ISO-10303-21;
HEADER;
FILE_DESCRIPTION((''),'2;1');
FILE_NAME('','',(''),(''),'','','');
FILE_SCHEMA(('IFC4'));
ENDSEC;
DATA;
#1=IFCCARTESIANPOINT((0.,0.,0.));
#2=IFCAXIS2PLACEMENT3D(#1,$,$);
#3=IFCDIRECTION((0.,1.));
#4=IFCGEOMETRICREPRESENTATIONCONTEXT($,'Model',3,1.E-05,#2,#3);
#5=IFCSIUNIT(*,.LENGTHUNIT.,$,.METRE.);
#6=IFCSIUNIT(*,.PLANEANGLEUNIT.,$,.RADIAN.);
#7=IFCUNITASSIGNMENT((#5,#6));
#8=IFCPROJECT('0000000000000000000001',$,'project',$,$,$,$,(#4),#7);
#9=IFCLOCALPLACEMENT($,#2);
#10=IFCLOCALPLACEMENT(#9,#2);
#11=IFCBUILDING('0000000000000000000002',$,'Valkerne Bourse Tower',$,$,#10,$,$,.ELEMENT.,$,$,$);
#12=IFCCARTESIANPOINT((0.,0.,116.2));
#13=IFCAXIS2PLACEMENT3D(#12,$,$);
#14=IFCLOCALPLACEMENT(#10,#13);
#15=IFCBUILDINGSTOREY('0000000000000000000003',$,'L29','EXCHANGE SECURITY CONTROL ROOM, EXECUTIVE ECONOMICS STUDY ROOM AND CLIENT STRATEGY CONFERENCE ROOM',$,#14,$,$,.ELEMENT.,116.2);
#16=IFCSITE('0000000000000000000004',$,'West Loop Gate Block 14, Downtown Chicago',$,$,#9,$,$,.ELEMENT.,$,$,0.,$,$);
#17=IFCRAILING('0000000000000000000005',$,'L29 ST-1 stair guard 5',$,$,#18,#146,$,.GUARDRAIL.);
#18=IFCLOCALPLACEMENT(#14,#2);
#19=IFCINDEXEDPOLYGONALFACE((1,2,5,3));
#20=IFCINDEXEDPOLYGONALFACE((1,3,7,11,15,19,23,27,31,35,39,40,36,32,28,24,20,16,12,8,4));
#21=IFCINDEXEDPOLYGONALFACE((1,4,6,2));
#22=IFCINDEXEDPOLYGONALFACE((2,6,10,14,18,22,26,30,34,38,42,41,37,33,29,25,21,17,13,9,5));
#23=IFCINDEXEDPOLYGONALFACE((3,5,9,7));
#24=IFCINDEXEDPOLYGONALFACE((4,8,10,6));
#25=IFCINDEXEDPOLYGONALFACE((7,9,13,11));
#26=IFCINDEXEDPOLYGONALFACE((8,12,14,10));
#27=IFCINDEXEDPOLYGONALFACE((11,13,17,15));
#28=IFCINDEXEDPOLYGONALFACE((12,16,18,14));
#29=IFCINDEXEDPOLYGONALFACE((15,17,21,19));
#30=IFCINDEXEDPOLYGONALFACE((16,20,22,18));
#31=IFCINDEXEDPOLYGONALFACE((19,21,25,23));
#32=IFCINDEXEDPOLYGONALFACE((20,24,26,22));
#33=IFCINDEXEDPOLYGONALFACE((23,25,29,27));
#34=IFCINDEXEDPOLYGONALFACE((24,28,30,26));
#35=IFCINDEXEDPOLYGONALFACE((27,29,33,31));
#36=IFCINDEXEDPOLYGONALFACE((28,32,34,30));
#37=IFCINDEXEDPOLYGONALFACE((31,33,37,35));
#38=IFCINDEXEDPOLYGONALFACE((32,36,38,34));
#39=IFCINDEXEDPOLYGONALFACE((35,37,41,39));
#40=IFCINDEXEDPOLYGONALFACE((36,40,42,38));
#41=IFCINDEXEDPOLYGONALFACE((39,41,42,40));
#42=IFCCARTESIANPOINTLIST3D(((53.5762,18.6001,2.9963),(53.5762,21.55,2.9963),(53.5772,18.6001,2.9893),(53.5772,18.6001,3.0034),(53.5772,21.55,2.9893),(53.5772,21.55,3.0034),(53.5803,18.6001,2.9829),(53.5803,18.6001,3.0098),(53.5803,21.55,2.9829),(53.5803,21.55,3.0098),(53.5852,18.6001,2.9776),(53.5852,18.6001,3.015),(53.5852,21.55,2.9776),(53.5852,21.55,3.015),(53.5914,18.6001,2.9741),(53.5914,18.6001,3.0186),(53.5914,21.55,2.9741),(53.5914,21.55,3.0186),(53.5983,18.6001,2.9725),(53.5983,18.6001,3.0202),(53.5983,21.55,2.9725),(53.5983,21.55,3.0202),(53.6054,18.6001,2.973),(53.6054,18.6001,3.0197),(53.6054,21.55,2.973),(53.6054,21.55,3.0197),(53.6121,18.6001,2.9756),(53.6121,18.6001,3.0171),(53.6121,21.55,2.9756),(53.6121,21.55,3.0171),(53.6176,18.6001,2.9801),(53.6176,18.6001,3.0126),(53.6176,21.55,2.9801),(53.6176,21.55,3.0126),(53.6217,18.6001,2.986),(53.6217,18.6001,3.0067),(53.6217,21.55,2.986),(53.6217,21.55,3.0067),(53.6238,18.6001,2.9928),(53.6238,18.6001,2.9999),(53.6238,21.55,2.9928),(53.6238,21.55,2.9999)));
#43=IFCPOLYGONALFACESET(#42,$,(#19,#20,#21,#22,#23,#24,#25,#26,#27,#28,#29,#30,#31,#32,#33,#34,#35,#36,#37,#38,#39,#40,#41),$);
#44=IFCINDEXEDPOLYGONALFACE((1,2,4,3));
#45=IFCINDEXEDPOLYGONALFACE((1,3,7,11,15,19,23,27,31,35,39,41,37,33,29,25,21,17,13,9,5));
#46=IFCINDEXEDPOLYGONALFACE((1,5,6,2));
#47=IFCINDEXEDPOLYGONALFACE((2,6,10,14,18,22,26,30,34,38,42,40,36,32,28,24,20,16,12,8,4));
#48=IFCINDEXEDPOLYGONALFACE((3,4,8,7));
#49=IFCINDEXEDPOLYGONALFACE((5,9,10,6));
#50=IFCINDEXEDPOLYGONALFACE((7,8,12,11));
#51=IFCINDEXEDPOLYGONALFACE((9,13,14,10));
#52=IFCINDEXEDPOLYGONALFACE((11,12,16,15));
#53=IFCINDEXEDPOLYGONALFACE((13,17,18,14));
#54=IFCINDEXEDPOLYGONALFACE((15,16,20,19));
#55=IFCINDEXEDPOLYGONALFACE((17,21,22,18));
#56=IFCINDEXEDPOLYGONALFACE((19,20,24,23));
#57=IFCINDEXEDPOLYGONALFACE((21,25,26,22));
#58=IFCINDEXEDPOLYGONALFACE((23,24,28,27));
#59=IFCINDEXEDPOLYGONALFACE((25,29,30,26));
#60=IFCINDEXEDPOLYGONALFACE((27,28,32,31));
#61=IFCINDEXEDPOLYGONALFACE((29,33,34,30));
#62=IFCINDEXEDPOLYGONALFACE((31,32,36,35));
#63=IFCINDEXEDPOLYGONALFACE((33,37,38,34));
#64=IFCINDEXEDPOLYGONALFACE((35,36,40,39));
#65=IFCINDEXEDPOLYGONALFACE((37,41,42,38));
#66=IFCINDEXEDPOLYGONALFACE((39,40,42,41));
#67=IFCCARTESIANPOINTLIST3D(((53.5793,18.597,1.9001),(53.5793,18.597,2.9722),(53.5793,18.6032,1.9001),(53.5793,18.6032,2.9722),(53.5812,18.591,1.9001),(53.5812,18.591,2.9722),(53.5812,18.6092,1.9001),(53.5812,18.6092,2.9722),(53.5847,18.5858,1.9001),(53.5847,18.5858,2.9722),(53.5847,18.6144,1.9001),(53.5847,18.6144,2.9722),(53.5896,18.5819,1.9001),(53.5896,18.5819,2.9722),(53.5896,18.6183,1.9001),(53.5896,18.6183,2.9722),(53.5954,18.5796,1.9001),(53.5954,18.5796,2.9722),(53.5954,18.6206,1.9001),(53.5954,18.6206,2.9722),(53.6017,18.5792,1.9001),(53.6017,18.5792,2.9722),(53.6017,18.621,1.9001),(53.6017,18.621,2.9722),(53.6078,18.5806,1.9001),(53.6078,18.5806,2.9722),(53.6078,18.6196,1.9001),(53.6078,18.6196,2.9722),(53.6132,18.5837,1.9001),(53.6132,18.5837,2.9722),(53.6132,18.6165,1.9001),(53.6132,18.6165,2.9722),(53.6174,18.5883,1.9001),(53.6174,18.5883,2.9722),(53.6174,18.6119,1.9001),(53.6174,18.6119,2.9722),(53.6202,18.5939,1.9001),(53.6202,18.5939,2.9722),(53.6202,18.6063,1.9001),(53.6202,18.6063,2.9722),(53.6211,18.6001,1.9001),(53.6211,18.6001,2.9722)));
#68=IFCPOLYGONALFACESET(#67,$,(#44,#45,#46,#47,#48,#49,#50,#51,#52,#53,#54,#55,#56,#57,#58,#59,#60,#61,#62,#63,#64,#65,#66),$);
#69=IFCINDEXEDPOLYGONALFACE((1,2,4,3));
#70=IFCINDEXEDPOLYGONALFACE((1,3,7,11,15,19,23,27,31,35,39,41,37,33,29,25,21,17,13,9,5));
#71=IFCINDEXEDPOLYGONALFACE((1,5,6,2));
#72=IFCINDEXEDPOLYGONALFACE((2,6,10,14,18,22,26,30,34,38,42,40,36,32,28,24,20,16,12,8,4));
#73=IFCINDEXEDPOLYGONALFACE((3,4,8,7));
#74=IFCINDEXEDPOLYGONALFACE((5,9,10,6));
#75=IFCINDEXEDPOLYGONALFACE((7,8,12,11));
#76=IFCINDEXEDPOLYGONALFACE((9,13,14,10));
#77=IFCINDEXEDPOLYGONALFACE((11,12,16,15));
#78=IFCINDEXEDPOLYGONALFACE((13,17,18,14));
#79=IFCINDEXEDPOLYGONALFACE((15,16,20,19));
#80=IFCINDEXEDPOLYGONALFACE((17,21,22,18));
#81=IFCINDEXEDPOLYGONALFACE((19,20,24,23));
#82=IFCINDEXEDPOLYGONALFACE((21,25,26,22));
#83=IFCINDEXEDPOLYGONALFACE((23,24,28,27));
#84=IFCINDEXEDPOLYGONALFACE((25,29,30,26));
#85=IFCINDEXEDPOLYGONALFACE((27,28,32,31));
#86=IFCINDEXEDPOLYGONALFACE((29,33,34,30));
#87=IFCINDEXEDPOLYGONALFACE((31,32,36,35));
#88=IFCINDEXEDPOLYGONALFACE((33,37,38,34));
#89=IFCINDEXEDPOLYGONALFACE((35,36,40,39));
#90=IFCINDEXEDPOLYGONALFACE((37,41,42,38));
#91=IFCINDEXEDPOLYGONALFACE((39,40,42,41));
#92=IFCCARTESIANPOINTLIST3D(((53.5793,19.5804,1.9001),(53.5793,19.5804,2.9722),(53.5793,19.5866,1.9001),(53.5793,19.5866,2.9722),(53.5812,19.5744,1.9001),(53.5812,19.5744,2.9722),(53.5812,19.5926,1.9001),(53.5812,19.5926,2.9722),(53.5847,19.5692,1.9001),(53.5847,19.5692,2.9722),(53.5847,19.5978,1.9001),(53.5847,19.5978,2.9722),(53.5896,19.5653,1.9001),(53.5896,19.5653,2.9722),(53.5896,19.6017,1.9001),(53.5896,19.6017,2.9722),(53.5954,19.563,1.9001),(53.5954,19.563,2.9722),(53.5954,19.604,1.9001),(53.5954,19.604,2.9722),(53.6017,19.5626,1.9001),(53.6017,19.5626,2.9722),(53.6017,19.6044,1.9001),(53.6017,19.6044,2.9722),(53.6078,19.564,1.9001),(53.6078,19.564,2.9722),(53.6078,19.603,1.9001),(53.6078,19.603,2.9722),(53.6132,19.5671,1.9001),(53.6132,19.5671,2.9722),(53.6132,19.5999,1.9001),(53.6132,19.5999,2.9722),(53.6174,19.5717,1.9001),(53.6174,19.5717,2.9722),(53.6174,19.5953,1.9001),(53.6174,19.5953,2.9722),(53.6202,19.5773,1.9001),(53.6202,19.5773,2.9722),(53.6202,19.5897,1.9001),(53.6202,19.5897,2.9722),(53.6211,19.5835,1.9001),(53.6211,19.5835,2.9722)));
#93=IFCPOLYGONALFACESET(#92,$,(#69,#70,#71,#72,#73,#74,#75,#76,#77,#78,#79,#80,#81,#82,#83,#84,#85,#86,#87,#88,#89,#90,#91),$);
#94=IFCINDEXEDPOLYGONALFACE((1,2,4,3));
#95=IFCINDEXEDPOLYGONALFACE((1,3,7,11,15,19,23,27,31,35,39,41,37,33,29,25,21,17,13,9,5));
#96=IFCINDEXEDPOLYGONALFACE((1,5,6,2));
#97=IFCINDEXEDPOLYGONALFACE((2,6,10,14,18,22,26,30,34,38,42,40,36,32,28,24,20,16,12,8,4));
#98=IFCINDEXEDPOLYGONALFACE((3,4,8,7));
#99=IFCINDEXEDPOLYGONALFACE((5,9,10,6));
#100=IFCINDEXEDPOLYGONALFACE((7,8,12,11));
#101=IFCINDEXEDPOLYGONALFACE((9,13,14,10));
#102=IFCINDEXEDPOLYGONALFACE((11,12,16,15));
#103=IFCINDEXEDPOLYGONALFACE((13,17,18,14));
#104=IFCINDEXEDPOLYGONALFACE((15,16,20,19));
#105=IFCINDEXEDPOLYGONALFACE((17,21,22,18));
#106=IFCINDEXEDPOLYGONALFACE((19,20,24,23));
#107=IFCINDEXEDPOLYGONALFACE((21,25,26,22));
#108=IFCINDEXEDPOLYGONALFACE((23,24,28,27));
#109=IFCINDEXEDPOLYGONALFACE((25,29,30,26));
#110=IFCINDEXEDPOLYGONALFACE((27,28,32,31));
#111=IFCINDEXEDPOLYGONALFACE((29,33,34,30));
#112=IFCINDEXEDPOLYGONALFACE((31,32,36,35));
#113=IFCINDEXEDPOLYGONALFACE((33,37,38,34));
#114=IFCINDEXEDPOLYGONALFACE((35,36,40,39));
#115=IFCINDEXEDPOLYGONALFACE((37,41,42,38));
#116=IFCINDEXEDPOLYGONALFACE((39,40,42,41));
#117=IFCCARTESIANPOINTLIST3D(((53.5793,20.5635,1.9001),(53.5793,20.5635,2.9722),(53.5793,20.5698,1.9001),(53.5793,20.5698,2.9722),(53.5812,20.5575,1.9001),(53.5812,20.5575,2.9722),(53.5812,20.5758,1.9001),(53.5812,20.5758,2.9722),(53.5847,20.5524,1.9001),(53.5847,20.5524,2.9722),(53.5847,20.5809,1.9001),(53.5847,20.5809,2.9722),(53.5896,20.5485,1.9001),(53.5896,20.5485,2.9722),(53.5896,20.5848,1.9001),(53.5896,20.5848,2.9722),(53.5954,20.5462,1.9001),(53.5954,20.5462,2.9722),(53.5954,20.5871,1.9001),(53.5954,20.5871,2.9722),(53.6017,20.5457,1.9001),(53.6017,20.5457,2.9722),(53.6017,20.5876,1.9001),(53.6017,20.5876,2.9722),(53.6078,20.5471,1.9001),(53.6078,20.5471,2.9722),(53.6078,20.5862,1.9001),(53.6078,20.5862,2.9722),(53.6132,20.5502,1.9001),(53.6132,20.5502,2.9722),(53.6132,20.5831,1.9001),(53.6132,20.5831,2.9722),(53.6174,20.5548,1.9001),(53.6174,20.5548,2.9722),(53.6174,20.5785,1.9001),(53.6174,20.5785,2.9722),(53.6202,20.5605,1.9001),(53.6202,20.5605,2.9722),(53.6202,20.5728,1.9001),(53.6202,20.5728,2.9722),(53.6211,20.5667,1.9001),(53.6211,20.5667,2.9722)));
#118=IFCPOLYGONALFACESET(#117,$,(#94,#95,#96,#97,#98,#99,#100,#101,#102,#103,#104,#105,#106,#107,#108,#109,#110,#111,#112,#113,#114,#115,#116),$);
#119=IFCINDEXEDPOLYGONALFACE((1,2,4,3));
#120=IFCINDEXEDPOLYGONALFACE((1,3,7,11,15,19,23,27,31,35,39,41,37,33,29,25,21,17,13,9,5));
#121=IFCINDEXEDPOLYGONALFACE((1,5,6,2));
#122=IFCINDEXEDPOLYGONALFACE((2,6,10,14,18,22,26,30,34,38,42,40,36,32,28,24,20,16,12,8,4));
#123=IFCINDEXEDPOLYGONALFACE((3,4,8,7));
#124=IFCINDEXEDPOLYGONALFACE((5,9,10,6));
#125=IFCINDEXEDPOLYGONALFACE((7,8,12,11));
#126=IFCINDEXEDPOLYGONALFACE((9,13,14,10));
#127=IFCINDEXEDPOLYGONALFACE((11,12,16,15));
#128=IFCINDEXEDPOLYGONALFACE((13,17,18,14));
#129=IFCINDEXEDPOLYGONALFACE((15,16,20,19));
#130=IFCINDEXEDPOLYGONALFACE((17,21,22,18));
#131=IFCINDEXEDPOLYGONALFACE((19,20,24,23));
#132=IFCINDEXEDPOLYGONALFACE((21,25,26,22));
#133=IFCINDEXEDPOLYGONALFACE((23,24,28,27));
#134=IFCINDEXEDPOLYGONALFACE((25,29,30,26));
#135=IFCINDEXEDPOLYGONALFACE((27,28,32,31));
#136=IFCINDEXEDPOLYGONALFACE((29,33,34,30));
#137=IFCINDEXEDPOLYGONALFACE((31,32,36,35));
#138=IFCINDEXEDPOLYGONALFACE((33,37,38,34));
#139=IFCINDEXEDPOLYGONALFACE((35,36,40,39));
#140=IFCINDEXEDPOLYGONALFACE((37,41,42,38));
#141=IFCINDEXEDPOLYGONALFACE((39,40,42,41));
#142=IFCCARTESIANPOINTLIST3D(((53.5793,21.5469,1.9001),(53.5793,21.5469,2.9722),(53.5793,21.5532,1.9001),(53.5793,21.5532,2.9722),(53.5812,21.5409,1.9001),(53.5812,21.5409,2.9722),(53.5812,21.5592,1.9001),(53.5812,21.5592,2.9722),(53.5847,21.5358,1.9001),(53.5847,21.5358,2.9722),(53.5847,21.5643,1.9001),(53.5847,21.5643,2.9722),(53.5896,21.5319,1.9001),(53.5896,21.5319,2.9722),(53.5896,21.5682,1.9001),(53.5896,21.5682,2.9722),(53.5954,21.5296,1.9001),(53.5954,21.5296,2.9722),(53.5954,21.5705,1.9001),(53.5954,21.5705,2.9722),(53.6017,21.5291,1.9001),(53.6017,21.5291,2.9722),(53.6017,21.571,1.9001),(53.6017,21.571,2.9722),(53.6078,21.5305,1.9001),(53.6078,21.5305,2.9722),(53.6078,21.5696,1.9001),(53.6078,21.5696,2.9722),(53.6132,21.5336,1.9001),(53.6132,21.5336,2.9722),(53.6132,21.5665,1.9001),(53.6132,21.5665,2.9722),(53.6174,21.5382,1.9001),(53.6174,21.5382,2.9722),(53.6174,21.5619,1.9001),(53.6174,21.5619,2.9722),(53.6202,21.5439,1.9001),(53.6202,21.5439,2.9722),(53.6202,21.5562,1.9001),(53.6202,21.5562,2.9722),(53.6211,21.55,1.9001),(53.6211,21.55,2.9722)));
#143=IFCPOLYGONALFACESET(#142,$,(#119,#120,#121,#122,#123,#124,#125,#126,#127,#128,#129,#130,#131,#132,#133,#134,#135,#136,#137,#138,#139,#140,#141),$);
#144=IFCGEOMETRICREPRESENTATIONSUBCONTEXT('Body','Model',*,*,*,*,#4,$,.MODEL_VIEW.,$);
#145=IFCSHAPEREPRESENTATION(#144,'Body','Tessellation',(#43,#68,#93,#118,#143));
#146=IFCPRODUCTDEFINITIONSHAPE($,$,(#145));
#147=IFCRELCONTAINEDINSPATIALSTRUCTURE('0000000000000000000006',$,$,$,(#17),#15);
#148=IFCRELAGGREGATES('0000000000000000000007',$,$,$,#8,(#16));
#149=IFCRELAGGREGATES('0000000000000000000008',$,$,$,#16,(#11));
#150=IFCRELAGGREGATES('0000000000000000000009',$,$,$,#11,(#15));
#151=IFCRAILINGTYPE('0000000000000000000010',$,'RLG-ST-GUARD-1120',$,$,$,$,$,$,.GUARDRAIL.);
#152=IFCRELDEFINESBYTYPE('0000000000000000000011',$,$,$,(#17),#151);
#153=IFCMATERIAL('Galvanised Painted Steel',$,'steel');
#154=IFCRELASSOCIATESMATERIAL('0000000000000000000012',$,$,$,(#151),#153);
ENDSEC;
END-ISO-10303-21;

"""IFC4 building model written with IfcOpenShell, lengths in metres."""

from ifc_helpers import new_model, si_unit, direction, frame, origin, origin_2d, place, context, subcontext, project, spatial, circle, extrude, material, type_object, element, save


model = new_model("IFC4")

# Units and contexts
model_context = context("Model", 3, precision=1e-05, world=origin(), true_north=direction((0.0, 1.0)))
body_context = subcontext(model_context, "Body", "Model", "MODEL_VIEW")
ifc_project = project(units=[si_unit("LENGTHUNIT", "METRE"), si_unit("PLANEANGLEUNIT", "RADIAN")], contexts=[model_context])

# Site, building, storey
site_placement = place(None, origin())
site = spatial("IfcSite", under=ifc_project, at=site_placement, Name="West Loop Gate Block 14, Downtown Chicago", CompositionType="ELEMENT", RefElevation=0.0)
building_placement = place(site_placement, origin())
building = spatial("IfcBuilding", under=site, at=building_placement, Name="Valkerne Bourse Tower", CompositionType="ELEMENT")
storey_placement = place(building_placement, frame((0.0, 0.0, 116.2)))
storey = spatial("IfcBuildingStorey", under=building, at=storey_placement, Name="L29", Description="EXCHANGE SECURITY CONTROL ROOM, EXECUTIVE ECONOMICS STUDY ROOM AND CLIENT STRATEGY CONFERENCE ROOM", CompositionType="ELEMENT", Elevation=116.2)

# Railing
ifc_material_1 = material(Name="Galvanised Painted Steel", Category="steel")
railing_type = type_object("IfcRailingType", Name="RLG-ST-GUARD-1120", PredefinedType="GUARDRAIL", material=ifc_material_1)
railing_1_placement = place(storey_placement, frame((53.6001, 18.6001, 1.9001)))
element("IfcRailing", 1, at=railing_1_placement, inside=storey, type_object=railing_type, Name="L29 ST-1 stair guard 5", PredefinedType="GUARDRAIL", context=body_context, shape_type="SweptSolid", body=[
    extrude(circle(Radius=0.0239, at=origin_2d()), frame((0.0, 0.0, 1.0962), z_axis=(0.0, 1.0, 0.0), x_axis=(-1.0, 0.0, 0.0)), (0.0, 0.0, 1.0), 2.95),
    extrude(circle(Radius=0.021, at=origin_2d()), origin(), (0.0, 0.0, 1.0), 1.072),
    extrude(circle(Radius=0.021, at=origin_2d()), frame((0.0, 0.9834, 0.0)), (0.0, 0.0, 1.0), 1.072),
    extrude(circle(Radius=0.021, at=origin_2d()), frame((0.0, 1.9666, 0.0)), (0.0, 0.0, 1.0), 1.072),
    extrude(circle(Radius=0.021, at=origin_2d()), frame((0.0, 2.95, 0.0)), (0.0, 0.0, 1.0), 1.072),
])

save(model, "model.ifc")
